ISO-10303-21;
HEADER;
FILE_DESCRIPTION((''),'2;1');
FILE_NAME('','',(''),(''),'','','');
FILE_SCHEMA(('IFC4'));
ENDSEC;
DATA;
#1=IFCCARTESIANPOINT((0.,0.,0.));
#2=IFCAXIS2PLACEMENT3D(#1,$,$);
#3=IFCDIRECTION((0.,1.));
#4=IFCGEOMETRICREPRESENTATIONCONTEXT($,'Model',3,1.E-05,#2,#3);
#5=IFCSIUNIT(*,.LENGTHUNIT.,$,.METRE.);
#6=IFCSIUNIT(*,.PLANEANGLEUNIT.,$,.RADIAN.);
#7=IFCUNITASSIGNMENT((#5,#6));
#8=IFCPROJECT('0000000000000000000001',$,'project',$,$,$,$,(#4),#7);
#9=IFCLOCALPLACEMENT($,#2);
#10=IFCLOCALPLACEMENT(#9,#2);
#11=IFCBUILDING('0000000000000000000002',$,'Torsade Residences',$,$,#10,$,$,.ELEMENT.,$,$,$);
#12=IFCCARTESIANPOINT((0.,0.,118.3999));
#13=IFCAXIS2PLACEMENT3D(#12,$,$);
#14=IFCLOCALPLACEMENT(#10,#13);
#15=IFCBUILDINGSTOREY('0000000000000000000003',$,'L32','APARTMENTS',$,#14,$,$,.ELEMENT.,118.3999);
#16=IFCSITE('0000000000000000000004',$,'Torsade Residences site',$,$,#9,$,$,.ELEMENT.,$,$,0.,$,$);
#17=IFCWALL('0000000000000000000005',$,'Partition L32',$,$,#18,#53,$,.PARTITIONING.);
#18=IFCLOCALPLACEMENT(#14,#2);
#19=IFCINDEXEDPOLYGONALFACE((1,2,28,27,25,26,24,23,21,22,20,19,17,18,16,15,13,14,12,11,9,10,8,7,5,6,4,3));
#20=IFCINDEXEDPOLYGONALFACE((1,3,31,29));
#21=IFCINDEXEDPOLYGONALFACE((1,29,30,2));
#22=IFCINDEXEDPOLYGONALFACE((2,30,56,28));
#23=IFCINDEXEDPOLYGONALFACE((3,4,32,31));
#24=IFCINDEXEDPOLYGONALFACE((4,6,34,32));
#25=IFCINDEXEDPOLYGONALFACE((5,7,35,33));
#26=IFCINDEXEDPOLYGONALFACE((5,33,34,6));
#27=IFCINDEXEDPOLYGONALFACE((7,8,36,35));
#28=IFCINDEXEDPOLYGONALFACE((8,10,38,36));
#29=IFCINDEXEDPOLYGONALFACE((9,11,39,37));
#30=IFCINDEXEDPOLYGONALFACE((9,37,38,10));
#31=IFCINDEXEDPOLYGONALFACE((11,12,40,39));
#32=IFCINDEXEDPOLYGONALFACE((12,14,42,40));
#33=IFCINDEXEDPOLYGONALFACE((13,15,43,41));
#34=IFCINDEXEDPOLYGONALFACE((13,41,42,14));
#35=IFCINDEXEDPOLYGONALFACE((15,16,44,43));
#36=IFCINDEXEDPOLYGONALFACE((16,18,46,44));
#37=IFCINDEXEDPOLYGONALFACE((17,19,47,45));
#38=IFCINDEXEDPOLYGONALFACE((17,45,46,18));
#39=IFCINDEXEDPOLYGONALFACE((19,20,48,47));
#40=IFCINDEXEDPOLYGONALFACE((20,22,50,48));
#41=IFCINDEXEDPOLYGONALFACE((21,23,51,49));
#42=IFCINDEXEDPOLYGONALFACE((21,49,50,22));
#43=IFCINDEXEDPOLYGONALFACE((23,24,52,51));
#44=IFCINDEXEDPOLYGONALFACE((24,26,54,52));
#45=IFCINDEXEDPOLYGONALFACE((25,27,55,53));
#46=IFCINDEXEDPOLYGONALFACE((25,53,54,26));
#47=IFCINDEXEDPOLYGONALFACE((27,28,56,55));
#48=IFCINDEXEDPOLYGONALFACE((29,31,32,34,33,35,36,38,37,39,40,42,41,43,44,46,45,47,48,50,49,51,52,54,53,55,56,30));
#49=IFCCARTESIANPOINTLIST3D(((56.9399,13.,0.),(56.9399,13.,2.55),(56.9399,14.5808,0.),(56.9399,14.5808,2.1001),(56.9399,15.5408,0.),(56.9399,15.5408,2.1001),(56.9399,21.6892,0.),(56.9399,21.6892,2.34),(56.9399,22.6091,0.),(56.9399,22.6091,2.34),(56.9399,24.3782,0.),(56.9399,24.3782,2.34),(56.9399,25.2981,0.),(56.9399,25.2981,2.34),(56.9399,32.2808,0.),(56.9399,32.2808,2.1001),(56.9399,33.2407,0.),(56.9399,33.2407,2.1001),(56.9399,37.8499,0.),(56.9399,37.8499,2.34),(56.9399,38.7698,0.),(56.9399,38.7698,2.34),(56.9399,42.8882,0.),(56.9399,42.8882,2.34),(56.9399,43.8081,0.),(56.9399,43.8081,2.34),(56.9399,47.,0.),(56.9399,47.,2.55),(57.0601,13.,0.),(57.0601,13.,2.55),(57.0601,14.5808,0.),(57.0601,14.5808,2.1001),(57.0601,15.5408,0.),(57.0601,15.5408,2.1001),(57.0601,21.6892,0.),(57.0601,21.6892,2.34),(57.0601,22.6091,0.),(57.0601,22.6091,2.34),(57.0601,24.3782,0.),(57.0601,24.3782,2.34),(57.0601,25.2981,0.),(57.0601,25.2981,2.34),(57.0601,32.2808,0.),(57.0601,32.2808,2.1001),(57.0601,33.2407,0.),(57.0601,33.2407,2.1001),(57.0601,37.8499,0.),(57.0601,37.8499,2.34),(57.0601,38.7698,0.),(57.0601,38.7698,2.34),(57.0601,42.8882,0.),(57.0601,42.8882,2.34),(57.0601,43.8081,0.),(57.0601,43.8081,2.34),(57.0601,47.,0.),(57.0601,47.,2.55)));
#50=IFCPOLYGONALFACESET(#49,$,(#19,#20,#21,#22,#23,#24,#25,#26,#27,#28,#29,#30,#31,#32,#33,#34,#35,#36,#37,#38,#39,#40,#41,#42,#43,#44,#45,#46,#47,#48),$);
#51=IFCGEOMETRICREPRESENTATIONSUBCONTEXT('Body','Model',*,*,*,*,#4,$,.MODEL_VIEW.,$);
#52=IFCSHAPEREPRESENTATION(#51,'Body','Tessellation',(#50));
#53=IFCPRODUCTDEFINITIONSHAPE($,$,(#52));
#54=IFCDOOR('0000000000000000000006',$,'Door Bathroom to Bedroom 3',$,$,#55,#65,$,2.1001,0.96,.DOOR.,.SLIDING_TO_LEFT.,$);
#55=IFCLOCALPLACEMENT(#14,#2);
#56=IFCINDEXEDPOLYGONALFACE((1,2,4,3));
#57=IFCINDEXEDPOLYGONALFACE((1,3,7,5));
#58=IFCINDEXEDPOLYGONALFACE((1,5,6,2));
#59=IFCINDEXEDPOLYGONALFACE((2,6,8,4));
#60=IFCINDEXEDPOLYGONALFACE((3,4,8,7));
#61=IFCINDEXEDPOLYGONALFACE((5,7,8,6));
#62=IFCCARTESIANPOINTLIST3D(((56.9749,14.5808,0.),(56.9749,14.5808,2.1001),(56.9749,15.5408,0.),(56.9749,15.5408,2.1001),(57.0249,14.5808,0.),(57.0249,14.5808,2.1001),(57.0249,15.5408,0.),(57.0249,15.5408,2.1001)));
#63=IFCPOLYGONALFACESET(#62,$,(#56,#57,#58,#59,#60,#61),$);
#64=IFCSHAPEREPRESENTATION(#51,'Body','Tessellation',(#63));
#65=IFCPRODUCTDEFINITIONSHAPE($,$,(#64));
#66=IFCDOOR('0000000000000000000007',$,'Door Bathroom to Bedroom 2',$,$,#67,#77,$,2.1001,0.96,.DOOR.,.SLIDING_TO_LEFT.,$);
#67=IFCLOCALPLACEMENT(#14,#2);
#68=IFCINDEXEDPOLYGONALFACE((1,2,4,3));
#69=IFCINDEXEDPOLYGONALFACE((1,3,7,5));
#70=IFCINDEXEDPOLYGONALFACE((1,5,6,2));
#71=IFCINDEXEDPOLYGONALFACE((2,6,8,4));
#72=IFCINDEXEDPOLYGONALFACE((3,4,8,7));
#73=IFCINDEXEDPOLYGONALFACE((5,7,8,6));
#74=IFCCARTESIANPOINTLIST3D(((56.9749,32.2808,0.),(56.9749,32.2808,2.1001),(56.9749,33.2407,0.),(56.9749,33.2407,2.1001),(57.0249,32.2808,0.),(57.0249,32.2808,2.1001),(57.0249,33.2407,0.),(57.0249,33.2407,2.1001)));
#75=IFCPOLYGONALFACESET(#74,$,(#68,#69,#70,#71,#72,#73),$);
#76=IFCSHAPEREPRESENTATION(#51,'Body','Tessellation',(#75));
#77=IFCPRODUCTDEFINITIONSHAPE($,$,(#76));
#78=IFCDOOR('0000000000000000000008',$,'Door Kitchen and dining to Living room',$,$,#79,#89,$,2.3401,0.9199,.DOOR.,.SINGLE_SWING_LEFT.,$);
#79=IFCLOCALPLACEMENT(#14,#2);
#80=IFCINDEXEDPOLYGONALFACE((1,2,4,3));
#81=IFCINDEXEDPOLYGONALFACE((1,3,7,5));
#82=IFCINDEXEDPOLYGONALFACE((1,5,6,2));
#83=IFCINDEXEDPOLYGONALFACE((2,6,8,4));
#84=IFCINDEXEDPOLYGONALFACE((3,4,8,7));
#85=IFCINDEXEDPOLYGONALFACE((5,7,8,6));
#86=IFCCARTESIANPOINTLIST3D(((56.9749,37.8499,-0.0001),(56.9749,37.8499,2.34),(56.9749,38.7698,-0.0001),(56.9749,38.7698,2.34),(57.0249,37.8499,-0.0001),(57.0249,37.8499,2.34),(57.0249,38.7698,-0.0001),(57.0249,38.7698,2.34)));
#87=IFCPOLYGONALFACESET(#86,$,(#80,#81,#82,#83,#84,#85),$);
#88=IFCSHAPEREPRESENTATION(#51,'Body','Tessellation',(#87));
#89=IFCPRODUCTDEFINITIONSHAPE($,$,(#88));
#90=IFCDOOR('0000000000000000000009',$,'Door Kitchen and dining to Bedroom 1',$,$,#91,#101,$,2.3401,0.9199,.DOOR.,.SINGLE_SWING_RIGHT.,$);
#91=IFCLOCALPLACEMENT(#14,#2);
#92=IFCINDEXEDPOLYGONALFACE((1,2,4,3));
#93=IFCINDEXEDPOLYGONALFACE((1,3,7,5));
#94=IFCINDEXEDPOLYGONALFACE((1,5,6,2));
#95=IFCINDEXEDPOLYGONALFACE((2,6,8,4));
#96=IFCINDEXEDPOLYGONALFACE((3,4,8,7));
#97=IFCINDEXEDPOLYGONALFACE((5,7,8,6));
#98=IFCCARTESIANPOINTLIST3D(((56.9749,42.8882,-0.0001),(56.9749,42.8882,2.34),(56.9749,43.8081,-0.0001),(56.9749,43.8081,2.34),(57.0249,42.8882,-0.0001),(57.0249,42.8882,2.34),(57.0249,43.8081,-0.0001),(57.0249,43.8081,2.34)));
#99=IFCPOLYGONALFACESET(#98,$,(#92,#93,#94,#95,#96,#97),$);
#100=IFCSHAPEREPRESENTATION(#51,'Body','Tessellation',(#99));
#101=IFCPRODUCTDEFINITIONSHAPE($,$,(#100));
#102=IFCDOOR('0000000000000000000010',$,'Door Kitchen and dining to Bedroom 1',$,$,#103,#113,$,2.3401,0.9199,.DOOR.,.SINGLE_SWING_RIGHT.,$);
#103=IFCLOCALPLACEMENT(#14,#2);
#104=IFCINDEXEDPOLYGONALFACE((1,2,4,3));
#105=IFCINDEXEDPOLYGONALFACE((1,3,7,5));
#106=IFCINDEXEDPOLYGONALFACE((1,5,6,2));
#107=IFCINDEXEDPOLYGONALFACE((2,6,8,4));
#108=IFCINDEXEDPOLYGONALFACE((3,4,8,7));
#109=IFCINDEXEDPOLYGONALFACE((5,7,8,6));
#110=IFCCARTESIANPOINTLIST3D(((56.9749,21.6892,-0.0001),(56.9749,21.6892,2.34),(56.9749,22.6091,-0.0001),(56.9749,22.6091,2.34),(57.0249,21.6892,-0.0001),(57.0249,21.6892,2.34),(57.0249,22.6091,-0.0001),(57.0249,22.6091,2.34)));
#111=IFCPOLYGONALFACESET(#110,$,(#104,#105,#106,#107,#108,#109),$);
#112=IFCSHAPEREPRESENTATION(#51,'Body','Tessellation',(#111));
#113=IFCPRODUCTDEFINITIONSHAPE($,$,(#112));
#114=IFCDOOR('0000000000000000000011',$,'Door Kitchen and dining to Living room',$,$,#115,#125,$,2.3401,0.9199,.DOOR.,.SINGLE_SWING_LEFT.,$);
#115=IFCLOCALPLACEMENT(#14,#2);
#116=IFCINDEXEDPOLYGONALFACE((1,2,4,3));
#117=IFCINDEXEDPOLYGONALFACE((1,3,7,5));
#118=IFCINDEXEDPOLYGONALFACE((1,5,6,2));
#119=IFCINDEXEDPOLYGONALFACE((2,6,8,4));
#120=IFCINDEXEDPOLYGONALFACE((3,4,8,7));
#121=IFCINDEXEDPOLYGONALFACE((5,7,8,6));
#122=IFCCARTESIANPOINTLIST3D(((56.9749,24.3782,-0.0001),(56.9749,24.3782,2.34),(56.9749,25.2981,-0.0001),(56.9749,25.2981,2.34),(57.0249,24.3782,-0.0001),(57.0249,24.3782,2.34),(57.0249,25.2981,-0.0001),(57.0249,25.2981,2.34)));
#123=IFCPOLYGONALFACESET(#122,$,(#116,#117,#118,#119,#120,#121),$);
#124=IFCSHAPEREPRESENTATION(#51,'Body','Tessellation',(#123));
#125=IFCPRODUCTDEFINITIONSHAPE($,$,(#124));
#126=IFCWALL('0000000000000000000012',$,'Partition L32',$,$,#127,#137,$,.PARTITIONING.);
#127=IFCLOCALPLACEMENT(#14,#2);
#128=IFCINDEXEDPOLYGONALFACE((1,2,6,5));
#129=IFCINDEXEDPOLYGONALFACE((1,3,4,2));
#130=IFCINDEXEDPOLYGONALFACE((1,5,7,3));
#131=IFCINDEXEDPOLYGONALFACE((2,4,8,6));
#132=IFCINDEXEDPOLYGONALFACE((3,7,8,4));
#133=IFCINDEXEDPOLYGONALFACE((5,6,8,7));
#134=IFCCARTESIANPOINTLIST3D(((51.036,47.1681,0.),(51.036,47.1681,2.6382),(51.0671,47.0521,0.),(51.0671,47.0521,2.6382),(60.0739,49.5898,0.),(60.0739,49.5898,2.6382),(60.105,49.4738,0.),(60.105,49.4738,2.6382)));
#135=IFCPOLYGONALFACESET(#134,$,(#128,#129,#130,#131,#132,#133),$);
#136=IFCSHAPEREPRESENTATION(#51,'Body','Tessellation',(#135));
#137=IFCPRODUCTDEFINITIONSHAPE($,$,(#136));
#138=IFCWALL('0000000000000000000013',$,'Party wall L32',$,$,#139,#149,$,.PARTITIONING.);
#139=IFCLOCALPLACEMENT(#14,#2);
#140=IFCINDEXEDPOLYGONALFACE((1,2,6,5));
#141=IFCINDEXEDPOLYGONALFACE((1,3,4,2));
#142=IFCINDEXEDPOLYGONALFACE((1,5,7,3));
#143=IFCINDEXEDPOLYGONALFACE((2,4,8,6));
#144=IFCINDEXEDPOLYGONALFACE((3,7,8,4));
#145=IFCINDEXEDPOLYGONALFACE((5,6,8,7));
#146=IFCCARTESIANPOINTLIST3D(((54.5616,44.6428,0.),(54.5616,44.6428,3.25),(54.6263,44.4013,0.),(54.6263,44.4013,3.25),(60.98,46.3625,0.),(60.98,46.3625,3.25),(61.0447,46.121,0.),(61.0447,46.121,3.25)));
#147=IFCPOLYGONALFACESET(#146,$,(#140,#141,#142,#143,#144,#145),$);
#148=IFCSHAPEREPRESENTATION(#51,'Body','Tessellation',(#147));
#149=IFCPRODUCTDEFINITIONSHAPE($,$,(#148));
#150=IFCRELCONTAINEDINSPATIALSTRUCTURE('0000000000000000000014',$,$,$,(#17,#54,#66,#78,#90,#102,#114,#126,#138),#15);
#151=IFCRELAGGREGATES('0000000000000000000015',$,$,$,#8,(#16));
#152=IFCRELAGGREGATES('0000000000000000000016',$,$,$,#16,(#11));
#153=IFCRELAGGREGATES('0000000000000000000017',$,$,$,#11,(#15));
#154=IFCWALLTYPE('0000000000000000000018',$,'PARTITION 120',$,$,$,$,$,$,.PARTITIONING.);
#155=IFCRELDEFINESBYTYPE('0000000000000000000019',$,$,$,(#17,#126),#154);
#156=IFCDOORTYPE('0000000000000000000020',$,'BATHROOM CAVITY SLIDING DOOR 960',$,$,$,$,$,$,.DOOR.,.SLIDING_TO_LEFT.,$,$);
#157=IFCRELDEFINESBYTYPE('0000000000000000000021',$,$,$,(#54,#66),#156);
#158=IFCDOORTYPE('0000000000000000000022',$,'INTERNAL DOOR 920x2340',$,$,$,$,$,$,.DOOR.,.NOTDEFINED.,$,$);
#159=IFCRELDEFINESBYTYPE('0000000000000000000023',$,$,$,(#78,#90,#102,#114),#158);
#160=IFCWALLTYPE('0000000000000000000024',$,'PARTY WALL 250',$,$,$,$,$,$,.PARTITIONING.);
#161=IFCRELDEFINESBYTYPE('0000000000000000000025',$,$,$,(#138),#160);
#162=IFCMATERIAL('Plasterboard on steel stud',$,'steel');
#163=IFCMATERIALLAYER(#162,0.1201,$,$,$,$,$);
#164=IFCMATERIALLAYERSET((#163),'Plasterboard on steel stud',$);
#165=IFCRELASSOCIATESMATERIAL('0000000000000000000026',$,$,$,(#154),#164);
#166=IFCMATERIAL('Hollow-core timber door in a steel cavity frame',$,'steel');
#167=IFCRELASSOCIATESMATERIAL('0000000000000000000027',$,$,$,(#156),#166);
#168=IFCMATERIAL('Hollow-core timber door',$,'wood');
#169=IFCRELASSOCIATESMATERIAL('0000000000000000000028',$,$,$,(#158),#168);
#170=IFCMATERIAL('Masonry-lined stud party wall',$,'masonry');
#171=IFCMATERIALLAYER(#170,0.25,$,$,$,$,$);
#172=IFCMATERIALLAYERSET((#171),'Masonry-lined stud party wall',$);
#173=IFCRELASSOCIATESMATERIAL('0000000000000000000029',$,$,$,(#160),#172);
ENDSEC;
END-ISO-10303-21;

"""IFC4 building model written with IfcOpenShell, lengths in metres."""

from ifc_helpers import new_model, si_unit, direction, frame, frame_2d, origin, place, context, subcontext, project, spatial, rectangle, extrude, material, layer, layer_set, type_object, element, fill, save


model = new_model("IFC4")

# Units and contexts
model_context = context("Model", 3, precision=1e-05, world=origin(), true_north=direction((0.0, 1.0)))
body_context = subcontext(model_context, "Body", "Model", "MODEL_VIEW")
ifc_project = project(units=[si_unit("LENGTHUNIT", "METRE"), si_unit("PLANEANGLEUNIT", "RADIAN")], contexts=[model_context])

# Site, building, storey
site_placement = place(None, origin())
site = spatial("IfcSite", under=ifc_project, at=site_placement, Name="Torsade Residences site", CompositionType="ELEMENT", RefElevation=0.0)
building_placement = place(site_placement, origin())
building = spatial("IfcBuilding", under=site, at=building_placement, Name="Torsade Residences", CompositionType="ELEMENT")
storey_placement = place(building_placement, frame((0.0, 0.0, 118.3999)))
storey = spatial("IfcBuildingStorey", under=building, at=storey_placement, Name="L32", Description="APARTMENTS", CompositionType="ELEMENT", Elevation=118.3999)

# Wall, openings, doors
ifc_material_1 = material(Name="Plasterboard on steel stud", Category="steel")
ifc_layer_1 = layer(ifc_material_1, 0.1201)
ifc_layer_set_1 = layer_set([ifc_layer_1], Name="Plasterboard on steel stud")
wall_type_1 = type_object("IfcWallType", Name="PARTITION 120", PredefinedType="PARTITIONING", material=ifc_layer_set_1)
wall_1_placement = place(storey_placement, frame((57.0, 47.0, 0.0), z_axis=(0.0, 0.0, 1.0), x_axis=(0.0, -1.0, 0.0)))
wall_1 = element("IfcWall", 1, at=wall_1_placement, inside=storey, type_object=wall_type_1, Name="Partition L32", PredefinedType="PARTITIONING", context=body_context, shape_type="SweptSolid", body=[
    extrude(rectangle(XDim=34.0, YDim=0.1201, at=frame_2d((17.0, 0.0))), origin(), (0.0, 0.0, 1.0), 2.55),
])
opening_1_placement = place(wall_1_placement, frame((8.2302, 0.0, 0.0)))
opening_1 = element("IfcOpeningElement", 2, at=opening_1_placement, cuts=wall_1, PredefinedType="OPENING", context=body_context, shape_type="SweptSolid", body=[
    extrude(rectangle(XDim=0.9199, YDim=2.3401, at=frame_2d((0.46, 1.1699))), frame((0.0, 0.0701, 0.0), z_axis=(0.0, -1.0, 0.0), x_axis=(1.0, 0.0, 0.0)), (0.0, 0.0, 1.0), 0.1401),
])
opening_2_placement = place(wall_1_placement, frame((3.1919, 0.0, 0.0)))
opening_2 = element("IfcOpeningElement", 3, at=opening_2_placement, cuts=wall_1, PredefinedType="OPENING", context=body_context, shape_type="SweptSolid", body=[
    extrude(rectangle(XDim=0.9199, YDim=2.3401, at=frame_2d((0.46, 1.1699))), frame((0.0, 0.0701, 0.0), z_axis=(0.0, -1.0, 0.0), x_axis=(1.0, 0.0, 0.0)), (0.0, 0.0, 1.0), 0.1401),
])
opening_3_placement = place(wall_1_placement, frame((24.3909, 0.0, 0.0)))
opening_3 = element("IfcOpeningElement", 4, at=opening_3_placement, cuts=wall_1, PredefinedType="OPENING", context=body_context, shape_type="SweptSolid", body=[
    extrude(rectangle(XDim=0.9199, YDim=2.3401, at=frame_2d((0.46, 1.1699))), frame((0.0, 0.0701, 0.0), z_axis=(0.0, -1.0, 0.0), x_axis=(1.0, 0.0, 0.0)), (0.0, 0.0, 1.0), 0.1401),
])
opening_4_placement = place(wall_1_placement, frame((21.7019, 0.0, 0.0)))
opening_4 = element("IfcOpeningElement", 5, at=opening_4_placement, cuts=wall_1, PredefinedType="OPENING", context=body_context, shape_type="SweptSolid", body=[
    extrude(rectangle(XDim=0.9199, YDim=2.3401, at=frame_2d((0.46, 1.1699))), frame((0.0, 0.0701, 0.0), z_axis=(0.0, -1.0, 0.0), x_axis=(1.0, 0.0, 0.0)), (0.0, 0.0, 1.0), 0.1401),
])
opening_5_placement = place(wall_1_placement, frame((31.4592, 0.0, 0.0)))
opening_5 = element("IfcOpeningElement", 6, at=opening_5_placement, cuts=wall_1, PredefinedType="OPENING", context=body_context, shape_type="SweptSolid", body=[
    extrude(rectangle(XDim=0.96, YDim=2.1001, at=frame_2d((0.48, 1.05))), frame((0.0, 0.0701, 0.0), z_axis=(0.0, -1.0, 0.0), x_axis=(1.0, 0.0, 0.0)), (0.0, 0.0, 1.0), 0.1401),
])
opening_6_placement = place(wall_1_placement, frame((13.7593, 0.0, 0.0)))
opening_6 = element("IfcOpeningElement", 7, at=opening_6_placement, cuts=wall_1, PredefinedType="OPENING", context=body_context, shape_type="SweptSolid", body=[
    extrude(rectangle(XDim=0.96, YDim=2.1001, at=frame_2d((0.48, 1.05))), frame((0.0, 0.0701, 0.0), z_axis=(0.0, -1.0, 0.0), x_axis=(1.0, 0.0, 0.0)), (0.0, 0.0, 1.0), 0.1401),
])
ifc_material_2 = material(Name="Hollow-core timber door in a steel cavity frame", Category="steel")
door_type_1 = type_object("IfcDoorType", Name="BATHROOM CAVITY SLIDING DOOR 960", OperationType="SLIDING_TO_LEFT", PredefinedType="DOOR", material=ifc_material_2)
door_1_placement = place(opening_5_placement, origin())
door_1 = element("IfcDoor", 8, at=door_1_placement, inside=storey, type_object=door_type_1, Name="Door Bathroom to Bedroom 3", OperationType="SLIDING_TO_LEFT", OverallHeight=2.1001, OverallWidth=0.96, PredefinedType="DOOR", context=body_context, shape_type="SweptSolid", body=[
    extrude(rectangle(XDim=0.96, YDim=2.1001, at=frame_2d((0.48, 1.05))), frame((0.0, 0.0249, 0.0), z_axis=(0.0, -1.0, 0.0), x_axis=(1.0, 0.0, 0.0)), (0.0, 0.0, 1.0), 0.05),
])
fill(opening_5, door_1)
door_2_placement = place(opening_6_placement, origin())
door_2 = element("IfcDoor", 9, at=door_2_placement, inside=storey, type_object=door_type_1, Name="Door Bathroom to Bedroom 2", OperationType="SLIDING_TO_LEFT", OverallHeight=2.1001, OverallWidth=0.96, PredefinedType="DOOR", context=body_context, shape_type="SweptSolid", body=[
    extrude(rectangle(XDim=0.96, YDim=2.1001, at=frame_2d((0.48, 1.05))), frame((0.0, 0.0249, 0.0), z_axis=(0.0, -1.0, 0.0), x_axis=(1.0, 0.0, 0.0)), (0.0, 0.0, 1.0), 0.05),
])
fill(opening_6, door_2)
ifc_material_3 = material(Name="Hollow-core timber door", Category="wood")
door_type_2 = type_object("IfcDoorType", Name="INTERNAL DOOR 920x2340", OperationType="NOTDEFINED", PredefinedType="DOOR", material=ifc_material_3)
door_3_placement = place(opening_1_placement, origin())
door_3 = element("IfcDoor", 10, at=door_3_placement, inside=storey, type_object=door_type_2, Name="Door Kitchen and dining to Living room", OperationType="SINGLE_SWING_LEFT", OverallHeight=2.3401, OverallWidth=0.9199, PredefinedType="DOOR", context=body_context, shape_type="SweptSolid", body=[
    extrude(rectangle(XDim=0.9199, YDim=2.3401, at=frame_2d((0.46, 1.1699))), frame((0.0, 0.0249, 0.0), z_axis=(0.0, -1.0, 0.0), x_axis=(1.0, 0.0, 0.0)), (0.0, 0.0, 1.0), 0.05),
])
fill(opening_1, door_3)
door_4_placement = place(opening_2_placement, origin())
door_4 = element("IfcDoor", 11, at=door_4_placement, inside=storey, type_object=door_type_2, Name="Door Kitchen and dining to Bedroom 1", OperationType="SINGLE_SWING_RIGHT", OverallHeight=2.3401, OverallWidth=0.9199, PredefinedType="DOOR", context=body_context, shape_type="SweptSolid", body=[
    extrude(rectangle(XDim=0.9199, YDim=2.3401, at=frame_2d((0.46, 1.1699))), frame((0.0, 0.0249, 0.0), z_axis=(0.0, -1.0, 0.0), x_axis=(1.0, 0.0, 0.0)), (0.0, 0.0, 1.0), 0.05),
])
fill(opening_2, door_4)
door_5_placement = place(opening_3_placement, origin())
door_5 = element("IfcDoor", 12, at=door_5_placement, inside=storey, type_object=door_type_2, Name="Door Kitchen and dining to Bedroom 1", OperationType="SINGLE_SWING_RIGHT", OverallHeight=2.3401, OverallWidth=0.9199, PredefinedType="DOOR", context=body_context, shape_type="SweptSolid", body=[
    extrude(rectangle(XDim=0.9199, YDim=2.3401, at=frame_2d((0.46, 1.1699))), frame((0.0, 0.0249, 0.0), z_axis=(0.0, -1.0, 0.0), x_axis=(1.0, 0.0, 0.0)), (0.0, 0.0, 1.0), 0.05),
])
fill(opening_3, door_5)
door_6_placement = place(opening_4_placement, origin())
door_6 = element("IfcDoor", 13, at=door_6_placement, inside=storey, type_object=door_type_2, Name="Door Kitchen and dining to Living room", OperationType="SINGLE_SWING_LEFT", OverallHeight=2.3401, OverallWidth=0.9199, PredefinedType="DOOR", context=body_context, shape_type="SweptSolid", body=[
    extrude(rectangle(XDim=0.9199, YDim=2.3401, at=frame_2d((0.46, 1.1699))), frame((0.0, 0.0249, 0.0), z_axis=(0.0, -1.0, 0.0), x_axis=(1.0, 0.0, 0.0)), (0.0, 0.0, 1.0), 0.05),
])
fill(opening_4, door_6)

# Walls
wall_2_placement = place(storey_placement, frame((60.0894, 49.5317, 0.0), z_axis=(0.0, 0.0, 1.0), x_axis=(-0.965927, -0.258814, 0.0)))
element("IfcWall", 14, at=wall_2_placement, inside=storey, type_object=wall_type_1, Name="Partition L32", PredefinedType="PARTITIONING", context=body_context, shape_type="SweptSolid", body=[
    extrude(rectangle(XDim=9.3567, YDim=0.1201, at=frame_2d((4.6782, 0.0))), origin(), (0.0, 0.0, 1.0), 2.6382),
])
ifc_material_4 = material(Name="Masonry-lined stud party wall", Category="masonry")
ifc_layer_2 = layer(ifc_material_4, 0.25)
ifc_layer_set_2 = layer_set([ifc_layer_2], Name="Masonry-lined stud party wall")
wall_type_2 = type_object("IfcWallType", Name="PARTY WALL 250", PredefinedType="PARTITIONING", material=ifc_layer_set_2)
wall_3_placement = place(storey_placement, frame((61.0122, 46.2417, 0.0), z_axis=(0.0, 0.0, 1.0), x_axis=(-0.965929, -0.258806, 0.0)))
element("IfcWall", 15, at=wall_3_placement, inside=storey, type_object=wall_type_2, Name="Party wall L32", PredefinedType="PARTITIONING", context=body_context, shape_type="SweptSolid", body=[
    extrude(rectangle(XDim=6.6448, YDim=0.25, at=frame_2d((3.3223, 0.0))), origin(), (0.0, 0.0, 1.0), 3.25),
])

save(model, "model.ifc")
